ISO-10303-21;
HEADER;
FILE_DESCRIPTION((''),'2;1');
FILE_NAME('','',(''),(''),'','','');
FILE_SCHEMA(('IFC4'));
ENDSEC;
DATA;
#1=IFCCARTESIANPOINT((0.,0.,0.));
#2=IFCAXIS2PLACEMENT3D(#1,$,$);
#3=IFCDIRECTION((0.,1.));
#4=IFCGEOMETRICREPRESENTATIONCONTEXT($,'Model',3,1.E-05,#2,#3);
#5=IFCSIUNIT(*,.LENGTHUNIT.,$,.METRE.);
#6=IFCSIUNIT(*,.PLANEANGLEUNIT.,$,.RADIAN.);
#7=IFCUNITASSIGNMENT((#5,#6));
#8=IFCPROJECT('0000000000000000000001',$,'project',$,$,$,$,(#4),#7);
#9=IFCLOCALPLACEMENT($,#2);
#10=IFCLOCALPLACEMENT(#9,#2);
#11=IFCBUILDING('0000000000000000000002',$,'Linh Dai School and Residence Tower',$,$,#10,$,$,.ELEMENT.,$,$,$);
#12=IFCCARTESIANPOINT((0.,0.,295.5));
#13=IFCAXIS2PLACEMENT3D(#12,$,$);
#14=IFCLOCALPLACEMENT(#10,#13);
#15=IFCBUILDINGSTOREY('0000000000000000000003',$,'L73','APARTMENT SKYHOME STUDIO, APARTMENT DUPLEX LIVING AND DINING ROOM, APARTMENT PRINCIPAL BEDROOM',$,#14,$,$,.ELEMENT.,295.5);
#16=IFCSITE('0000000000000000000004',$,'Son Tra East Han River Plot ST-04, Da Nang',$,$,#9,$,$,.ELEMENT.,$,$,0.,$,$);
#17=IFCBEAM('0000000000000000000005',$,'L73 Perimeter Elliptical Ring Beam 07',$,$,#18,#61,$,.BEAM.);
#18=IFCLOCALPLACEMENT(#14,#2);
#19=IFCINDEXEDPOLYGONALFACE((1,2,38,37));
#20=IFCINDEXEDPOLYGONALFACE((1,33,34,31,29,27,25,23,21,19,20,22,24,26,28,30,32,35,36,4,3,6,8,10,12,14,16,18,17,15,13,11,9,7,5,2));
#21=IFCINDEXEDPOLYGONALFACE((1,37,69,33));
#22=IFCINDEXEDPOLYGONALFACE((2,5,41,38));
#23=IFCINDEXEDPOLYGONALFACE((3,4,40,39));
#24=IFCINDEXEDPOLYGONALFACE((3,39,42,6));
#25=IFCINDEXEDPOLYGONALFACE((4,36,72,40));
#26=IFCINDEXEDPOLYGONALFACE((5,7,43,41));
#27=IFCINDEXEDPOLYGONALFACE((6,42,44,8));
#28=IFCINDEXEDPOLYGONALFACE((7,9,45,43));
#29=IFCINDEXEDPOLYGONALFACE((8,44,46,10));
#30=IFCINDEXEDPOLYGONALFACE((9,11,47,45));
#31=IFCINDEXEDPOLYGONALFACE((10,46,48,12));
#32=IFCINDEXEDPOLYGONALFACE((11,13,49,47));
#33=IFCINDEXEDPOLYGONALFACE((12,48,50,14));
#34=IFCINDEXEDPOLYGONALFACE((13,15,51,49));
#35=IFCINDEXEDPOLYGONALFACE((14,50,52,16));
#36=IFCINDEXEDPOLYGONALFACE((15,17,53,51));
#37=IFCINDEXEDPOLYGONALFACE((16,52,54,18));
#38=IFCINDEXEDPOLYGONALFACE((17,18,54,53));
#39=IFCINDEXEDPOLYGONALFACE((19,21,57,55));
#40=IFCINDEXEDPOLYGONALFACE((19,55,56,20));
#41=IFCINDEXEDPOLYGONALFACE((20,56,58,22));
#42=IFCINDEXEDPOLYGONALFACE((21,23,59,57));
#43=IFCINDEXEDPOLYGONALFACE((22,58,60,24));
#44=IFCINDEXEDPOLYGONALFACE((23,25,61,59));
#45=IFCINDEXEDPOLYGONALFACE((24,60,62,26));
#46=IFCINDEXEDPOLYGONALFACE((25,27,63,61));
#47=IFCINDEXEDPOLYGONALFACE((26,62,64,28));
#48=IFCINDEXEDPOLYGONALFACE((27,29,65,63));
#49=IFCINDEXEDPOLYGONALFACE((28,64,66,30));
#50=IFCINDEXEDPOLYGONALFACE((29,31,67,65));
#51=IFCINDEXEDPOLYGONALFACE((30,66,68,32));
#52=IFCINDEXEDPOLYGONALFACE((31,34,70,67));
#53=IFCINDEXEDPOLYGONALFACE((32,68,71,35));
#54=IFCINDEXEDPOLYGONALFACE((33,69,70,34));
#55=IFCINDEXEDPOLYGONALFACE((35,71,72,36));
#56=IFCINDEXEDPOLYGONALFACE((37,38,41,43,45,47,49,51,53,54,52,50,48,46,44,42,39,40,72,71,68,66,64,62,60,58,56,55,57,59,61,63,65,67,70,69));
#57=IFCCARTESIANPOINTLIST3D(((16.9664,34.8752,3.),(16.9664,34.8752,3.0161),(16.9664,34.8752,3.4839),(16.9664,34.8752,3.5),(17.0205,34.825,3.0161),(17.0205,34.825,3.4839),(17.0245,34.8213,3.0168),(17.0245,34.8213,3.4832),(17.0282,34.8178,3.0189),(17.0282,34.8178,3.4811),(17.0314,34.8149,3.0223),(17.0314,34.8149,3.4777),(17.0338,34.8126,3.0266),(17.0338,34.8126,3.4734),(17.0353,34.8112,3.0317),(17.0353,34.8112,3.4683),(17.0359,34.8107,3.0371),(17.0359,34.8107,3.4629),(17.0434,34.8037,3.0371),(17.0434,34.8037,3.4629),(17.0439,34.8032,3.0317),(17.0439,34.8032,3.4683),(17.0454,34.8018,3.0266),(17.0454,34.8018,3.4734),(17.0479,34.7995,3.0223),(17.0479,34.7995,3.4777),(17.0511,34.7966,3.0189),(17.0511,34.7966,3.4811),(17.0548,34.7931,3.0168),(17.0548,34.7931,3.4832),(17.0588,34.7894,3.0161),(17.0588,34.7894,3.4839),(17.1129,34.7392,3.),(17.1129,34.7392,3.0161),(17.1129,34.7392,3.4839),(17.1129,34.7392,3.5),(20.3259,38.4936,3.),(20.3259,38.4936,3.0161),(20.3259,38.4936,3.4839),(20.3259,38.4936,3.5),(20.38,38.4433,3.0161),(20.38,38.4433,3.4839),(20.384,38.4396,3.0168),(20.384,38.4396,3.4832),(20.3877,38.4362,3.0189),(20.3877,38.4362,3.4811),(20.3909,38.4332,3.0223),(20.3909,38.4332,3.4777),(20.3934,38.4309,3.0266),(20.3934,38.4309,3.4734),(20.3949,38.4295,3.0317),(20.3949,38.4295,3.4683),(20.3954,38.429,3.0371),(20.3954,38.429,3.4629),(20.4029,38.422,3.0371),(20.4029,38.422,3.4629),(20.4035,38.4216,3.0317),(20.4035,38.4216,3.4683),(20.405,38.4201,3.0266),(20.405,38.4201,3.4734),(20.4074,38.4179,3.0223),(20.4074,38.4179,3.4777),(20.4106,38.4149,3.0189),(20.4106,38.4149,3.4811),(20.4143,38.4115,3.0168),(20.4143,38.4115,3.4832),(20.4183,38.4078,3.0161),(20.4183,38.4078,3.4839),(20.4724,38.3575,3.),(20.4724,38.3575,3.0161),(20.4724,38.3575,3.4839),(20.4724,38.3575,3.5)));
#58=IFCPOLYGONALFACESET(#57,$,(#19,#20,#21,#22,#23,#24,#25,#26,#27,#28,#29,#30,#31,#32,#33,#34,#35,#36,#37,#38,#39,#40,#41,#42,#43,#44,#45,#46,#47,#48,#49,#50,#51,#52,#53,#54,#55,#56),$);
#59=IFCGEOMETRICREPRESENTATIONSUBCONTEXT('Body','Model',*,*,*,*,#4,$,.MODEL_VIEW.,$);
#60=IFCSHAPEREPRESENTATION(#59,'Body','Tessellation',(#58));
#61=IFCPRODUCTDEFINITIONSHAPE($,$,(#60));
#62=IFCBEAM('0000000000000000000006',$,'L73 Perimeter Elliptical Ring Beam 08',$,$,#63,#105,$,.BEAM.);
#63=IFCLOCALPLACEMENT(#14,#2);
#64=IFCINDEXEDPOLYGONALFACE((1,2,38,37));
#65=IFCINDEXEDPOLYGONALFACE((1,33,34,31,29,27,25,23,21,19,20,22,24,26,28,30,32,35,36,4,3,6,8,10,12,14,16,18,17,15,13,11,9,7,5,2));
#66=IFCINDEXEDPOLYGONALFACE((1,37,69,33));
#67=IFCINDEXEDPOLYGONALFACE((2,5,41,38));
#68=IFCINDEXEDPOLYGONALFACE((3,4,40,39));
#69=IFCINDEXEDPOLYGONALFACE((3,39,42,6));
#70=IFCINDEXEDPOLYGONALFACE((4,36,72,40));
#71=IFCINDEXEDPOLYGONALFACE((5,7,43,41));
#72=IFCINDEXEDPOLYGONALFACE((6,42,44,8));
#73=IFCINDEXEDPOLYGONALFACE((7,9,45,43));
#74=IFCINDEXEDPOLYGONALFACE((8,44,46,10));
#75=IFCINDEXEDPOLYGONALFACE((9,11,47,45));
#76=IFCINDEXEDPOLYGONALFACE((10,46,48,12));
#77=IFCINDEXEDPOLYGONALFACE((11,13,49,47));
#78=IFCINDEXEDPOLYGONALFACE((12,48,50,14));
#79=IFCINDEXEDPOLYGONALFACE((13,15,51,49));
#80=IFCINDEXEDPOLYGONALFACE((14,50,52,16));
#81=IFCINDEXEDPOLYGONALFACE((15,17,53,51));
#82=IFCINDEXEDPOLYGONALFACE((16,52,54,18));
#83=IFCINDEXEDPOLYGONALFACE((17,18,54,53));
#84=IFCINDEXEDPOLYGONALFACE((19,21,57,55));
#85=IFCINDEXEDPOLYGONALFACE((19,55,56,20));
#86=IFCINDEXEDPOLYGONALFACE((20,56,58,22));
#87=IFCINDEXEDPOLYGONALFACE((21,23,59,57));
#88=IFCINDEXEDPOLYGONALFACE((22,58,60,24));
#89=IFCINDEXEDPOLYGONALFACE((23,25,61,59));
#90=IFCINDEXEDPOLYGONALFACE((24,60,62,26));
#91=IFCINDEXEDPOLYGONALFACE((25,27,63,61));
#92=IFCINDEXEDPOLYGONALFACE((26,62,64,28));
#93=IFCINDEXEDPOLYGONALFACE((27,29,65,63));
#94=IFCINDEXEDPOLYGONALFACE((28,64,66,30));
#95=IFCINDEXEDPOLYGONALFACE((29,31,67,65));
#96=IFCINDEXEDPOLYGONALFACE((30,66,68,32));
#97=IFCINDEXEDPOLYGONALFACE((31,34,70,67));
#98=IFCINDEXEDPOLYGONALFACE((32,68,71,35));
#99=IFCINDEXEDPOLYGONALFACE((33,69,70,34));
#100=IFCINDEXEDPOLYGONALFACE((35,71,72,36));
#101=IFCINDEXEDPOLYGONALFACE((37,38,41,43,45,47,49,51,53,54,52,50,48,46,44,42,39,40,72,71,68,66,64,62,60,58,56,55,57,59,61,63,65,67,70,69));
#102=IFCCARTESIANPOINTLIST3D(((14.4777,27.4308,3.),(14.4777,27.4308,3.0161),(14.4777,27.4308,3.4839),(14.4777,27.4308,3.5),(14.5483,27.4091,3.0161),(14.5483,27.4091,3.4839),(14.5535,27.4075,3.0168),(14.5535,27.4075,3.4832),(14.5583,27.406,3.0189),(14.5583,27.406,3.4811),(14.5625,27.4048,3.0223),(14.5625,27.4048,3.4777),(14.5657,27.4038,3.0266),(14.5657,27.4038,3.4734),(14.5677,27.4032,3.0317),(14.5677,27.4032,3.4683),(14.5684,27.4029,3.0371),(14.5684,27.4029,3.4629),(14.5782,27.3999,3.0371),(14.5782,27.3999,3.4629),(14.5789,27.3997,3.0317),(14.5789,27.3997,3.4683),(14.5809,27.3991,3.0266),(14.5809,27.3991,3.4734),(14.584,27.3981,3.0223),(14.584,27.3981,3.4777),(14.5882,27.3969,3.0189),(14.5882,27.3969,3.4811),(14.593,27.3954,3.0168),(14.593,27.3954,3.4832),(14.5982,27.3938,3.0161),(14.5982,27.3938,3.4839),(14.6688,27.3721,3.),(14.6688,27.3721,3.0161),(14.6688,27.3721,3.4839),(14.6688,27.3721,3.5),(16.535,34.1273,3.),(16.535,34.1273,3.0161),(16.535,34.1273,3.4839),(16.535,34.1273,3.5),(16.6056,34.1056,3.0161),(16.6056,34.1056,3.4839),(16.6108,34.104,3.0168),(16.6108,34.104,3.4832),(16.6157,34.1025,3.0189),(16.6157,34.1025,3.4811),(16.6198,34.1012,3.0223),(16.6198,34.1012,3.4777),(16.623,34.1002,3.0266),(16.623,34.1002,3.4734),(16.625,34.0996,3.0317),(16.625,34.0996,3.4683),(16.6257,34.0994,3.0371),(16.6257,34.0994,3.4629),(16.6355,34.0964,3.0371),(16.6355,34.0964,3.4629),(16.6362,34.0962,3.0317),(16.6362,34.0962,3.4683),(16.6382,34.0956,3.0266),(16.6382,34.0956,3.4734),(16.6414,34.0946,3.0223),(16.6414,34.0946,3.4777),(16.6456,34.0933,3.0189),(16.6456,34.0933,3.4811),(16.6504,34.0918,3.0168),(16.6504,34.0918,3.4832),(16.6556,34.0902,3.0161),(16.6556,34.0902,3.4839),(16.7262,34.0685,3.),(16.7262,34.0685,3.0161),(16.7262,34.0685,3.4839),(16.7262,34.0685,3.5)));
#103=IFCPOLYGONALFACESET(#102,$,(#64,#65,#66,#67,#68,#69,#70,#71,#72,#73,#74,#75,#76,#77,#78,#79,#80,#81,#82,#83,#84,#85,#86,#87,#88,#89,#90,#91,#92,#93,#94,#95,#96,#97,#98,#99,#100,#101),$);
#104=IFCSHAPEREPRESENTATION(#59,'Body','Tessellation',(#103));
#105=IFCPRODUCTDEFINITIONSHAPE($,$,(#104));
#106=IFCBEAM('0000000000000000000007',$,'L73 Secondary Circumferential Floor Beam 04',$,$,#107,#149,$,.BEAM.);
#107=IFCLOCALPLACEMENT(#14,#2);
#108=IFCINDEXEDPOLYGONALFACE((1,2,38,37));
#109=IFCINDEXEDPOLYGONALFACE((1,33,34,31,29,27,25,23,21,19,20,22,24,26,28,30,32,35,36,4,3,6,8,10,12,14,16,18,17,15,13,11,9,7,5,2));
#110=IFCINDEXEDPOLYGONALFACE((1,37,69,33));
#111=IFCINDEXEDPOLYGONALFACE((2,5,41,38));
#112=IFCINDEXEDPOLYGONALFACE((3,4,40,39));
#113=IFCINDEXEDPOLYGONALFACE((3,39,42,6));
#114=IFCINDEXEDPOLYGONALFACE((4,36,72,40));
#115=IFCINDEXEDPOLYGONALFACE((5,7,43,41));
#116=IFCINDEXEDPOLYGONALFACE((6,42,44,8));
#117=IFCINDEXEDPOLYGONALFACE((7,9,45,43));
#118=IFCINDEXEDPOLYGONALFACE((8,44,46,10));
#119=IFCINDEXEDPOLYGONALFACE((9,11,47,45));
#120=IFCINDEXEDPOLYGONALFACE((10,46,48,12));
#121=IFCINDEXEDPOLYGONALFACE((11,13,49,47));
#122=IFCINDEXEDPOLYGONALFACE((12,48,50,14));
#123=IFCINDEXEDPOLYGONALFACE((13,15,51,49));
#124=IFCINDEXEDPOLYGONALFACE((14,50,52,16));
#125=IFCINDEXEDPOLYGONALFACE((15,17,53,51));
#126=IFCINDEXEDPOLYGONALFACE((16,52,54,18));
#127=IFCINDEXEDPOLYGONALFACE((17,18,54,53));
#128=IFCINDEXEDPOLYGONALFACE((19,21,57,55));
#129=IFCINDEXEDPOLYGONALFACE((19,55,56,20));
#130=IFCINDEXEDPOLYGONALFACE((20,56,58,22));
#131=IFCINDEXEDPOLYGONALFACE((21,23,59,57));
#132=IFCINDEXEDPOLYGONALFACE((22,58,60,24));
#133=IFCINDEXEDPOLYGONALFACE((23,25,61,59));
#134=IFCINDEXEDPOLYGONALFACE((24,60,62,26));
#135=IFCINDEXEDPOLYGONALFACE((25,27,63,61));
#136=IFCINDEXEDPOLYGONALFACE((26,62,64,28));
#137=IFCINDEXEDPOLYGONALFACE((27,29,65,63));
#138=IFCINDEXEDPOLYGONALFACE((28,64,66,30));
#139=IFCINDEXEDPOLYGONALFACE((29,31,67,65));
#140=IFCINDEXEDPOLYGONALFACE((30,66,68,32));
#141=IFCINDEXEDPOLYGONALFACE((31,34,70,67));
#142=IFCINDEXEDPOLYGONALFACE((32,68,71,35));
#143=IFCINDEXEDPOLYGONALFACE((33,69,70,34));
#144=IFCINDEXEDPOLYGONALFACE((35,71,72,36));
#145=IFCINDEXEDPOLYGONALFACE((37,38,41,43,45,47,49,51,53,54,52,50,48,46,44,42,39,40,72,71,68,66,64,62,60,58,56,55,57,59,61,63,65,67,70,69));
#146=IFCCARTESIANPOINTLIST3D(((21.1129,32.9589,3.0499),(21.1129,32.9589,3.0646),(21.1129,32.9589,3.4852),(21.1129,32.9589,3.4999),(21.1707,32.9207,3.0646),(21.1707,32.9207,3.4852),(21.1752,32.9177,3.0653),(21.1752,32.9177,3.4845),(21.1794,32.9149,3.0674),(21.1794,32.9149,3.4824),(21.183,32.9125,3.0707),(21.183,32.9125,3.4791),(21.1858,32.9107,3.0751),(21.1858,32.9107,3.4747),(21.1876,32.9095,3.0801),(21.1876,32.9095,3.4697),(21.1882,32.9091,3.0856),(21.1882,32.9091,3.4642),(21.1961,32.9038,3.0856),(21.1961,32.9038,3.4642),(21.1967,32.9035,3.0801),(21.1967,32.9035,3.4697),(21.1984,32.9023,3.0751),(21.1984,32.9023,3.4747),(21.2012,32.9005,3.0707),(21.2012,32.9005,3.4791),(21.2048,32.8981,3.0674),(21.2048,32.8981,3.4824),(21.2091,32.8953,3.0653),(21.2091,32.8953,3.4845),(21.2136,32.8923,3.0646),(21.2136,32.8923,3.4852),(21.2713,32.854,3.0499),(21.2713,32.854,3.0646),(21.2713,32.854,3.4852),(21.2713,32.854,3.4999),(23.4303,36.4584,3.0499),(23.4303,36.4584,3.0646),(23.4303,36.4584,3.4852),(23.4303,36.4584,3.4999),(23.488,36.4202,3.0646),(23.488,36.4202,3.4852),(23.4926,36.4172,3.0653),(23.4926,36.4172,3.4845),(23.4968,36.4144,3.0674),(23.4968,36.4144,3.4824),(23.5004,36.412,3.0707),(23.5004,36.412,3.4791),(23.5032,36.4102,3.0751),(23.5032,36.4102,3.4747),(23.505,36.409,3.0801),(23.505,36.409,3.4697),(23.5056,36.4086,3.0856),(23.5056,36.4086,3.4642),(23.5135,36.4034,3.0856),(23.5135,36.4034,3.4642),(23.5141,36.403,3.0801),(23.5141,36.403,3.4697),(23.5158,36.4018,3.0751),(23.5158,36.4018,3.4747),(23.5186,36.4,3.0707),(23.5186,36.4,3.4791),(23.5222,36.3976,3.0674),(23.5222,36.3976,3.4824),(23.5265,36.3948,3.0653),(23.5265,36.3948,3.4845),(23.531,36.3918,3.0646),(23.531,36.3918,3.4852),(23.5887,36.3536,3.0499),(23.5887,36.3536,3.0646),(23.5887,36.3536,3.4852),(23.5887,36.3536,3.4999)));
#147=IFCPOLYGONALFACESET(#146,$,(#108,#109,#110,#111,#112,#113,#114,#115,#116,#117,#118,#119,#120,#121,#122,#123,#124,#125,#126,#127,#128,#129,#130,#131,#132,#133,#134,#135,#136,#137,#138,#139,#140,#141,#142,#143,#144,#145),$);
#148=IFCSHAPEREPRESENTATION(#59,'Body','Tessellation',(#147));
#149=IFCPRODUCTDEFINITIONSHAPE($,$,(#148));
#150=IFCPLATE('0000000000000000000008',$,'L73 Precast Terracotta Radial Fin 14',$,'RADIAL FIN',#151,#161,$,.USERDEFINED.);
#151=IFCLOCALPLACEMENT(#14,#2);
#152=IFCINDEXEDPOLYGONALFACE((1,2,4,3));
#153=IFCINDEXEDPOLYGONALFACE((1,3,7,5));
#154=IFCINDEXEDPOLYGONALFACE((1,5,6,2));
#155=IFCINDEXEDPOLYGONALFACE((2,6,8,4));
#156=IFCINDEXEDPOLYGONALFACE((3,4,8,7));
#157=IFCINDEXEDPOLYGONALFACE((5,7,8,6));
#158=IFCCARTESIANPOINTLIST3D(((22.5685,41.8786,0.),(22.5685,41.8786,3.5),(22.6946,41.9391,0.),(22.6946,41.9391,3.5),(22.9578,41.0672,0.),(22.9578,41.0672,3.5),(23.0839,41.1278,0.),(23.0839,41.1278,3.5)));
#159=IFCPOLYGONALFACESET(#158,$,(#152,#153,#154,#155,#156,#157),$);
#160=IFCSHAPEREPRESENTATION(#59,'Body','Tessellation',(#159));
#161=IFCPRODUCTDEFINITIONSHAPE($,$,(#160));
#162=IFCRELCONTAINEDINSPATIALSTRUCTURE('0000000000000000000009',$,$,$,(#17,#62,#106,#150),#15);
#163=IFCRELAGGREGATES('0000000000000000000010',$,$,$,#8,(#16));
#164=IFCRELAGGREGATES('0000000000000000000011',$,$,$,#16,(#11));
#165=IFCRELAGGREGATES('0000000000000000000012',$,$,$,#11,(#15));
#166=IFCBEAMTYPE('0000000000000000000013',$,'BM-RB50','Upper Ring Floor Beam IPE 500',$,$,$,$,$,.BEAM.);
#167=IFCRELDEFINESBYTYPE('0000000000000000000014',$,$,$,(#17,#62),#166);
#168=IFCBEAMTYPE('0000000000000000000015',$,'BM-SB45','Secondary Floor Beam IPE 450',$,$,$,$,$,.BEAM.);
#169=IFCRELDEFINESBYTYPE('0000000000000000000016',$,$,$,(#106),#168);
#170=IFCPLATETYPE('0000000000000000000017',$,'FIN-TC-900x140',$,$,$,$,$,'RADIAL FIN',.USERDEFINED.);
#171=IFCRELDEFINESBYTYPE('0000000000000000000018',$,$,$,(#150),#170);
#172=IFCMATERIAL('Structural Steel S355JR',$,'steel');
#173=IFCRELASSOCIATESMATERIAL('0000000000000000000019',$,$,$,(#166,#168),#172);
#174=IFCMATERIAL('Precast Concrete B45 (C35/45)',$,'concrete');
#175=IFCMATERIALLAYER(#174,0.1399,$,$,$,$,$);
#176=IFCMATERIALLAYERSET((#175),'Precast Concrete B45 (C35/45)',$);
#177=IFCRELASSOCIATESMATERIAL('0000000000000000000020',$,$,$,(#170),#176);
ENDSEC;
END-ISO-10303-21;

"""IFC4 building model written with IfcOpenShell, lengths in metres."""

from ifc_helpers import new_model, si_unit, direction, frame, origin, origin_2d, place, context, subcontext, project, spatial, rectangle, i_section, extrude, source, transform, mapped, material, layer, layer_set, material_profile, profile_set, type_object, element, save


model = new_model("IFC4")

# Units and contexts
model_context = context("Model", 3, precision=1e-05, world=origin(), true_north=direction((0.0, 1.0)))
body_context = subcontext(model_context, "Body", "Model", "MODEL_VIEW")
ifc_project = project(units=[si_unit("LENGTHUNIT", "METRE"), si_unit("PLANEANGLEUNIT", "RADIAN")], contexts=[model_context])

# Site, building, storey
site_placement = place(None, origin())
site = spatial("IfcSite", under=ifc_project, at=site_placement, Name="Son Tra East Han River Plot ST-04, Da Nang", CompositionType="ELEMENT", RefElevation=0.0)
building_placement = place(site_placement, origin())
building = spatial("IfcBuilding", under=site, at=building_placement, Name="Linh Dai School and Residence Tower", CompositionType="ELEMENT")
storey_placement = place(building_placement, frame((0.0, 0.0, 295.5)))
storey = spatial("IfcBuildingStorey", under=building, at=storey_placement, Name="L73", Description="APARTMENT SKYHOME STUDIO, APARTMENT DUPLEX LIVING AND DINING ROOM, APARTMENT PRINCIPAL BEDROOM", CompositionType="ELEMENT", Elevation=295.5)

# Shared definitions
ifc_material_1 = material(Name="Structural Steel S355JR", Category="steel")

# Beams
ifc_material_profile_1 = material_profile(ifc_material_1, i_section(OverallWidth=0.2, OverallDepth=0.5, WebThickness=0.0103, FlangeThickness=0.0161, FilletRadius=0.021, at=origin_2d()), Name="IPE 500")
ifc_profile_set_1 = profile_set([ifc_material_profile_1], Name="Structural Steel S355JR")
beam_type_1 = type_object("IfcBeamType", Name="BM-RB50", Description="Upper Ring Floor Beam IPE 500", PredefinedType="BEAM", material=ifc_profile_set_1)
beam_1_placement = place(storey_placement, frame((20.3992, 38.4255, 3.25), z_axis=(-0.680415, -0.732827, 0.0), x_axis=(0.732827, -0.680415, 0.0)))
element("IfcBeam", 1, at=beam_1_placement, inside=storey, type_object=beam_type_1, Name="L73 Perimeter Elliptical Ring Beam 07", PredefinedType="BEAM", context=body_context, shape_type="SweptSolid", body=[
    extrude(i_section(OverallWidth=0.2, OverallDepth=0.5, WebThickness=0.0103, FlangeThickness=0.0161, FilletRadius=0.021, at=origin_2d()), origin(), (0.0, 0.0, 1.0), 4.9375),
])
beam_2_placement = place(storey_placement, frame((16.6306, 34.0979, 3.25), z_axis=(-0.293682, -0.955903, 0.0), x_axis=(0.955903, -0.293682, 0.0)))
element("IfcBeam", 2, at=beam_2_placement, inside=storey, type_object=beam_type_1, Name="L73 Perimeter Elliptical Ring Beam 08", PredefinedType="BEAM", context=body_context, shape_type="SweptSolid", body=[
    extrude(i_section(OverallWidth=0.2, OverallDepth=0.5, WebThickness=0.0103, FlangeThickness=0.0161, FilletRadius=0.021, at=origin_2d()), origin(), (0.0, 0.0, 1.0), 7.0054),
])
ifc_material_profile_2 = material_profile(ifc_material_1, i_section(OverallWidth=0.1899, OverallDepth=0.45, WebThickness=0.0095, FlangeThickness=0.0146, FilletRadius=0.021, at=origin_2d()), Name="IPE 450")
ifc_profile_set_2 = profile_set([ifc_material_profile_2], Name="Structural Steel S355JR")
beam_type_2 = type_object("IfcBeamType", Name="BM-SB45", Description="Secondary Floor Beam IPE 450", PredefinedType="BEAM", material=ifc_profile_set_2)
beam_3_placement = place(storey_placement, frame((23.5095, 36.406, 3.2749), z_axis=(-0.55212, -0.833764, 0.0), x_axis=(0.833764, -0.55212, 0.0)))
element("IfcBeam", 3, at=beam_3_placement, inside=storey, type_object=beam_type_2, Name="L73 Secondary Circumferential Floor Beam 04", PredefinedType="BEAM", context=body_context, shape_type="SweptSolid", body=[
    extrude(i_section(OverallWidth=0.1899, OverallDepth=0.45, WebThickness=0.0095, FlangeThickness=0.0146, FilletRadius=0.021, at=origin_2d()), origin(), (0.0, 0.0, 1.0), 4.1973),
])

# Plate
ifc_material_2 = material(Name="Precast Concrete B45 (C35/45)", Category="concrete")
ifc_layer_1 = layer(ifc_material_2, 0.1399)
ifc_layer_set_1 = layer_set([ifc_layer_1], Name="Precast Concrete B45 (C35/45)")
plate_type = type_object("IfcPlateType", Name="FIN-TC-900x140", ElementType="RADIAL FIN", PredefinedType="USERDEFINED", material=ifc_layer_set_1)
shared_shape_1 = source(origin(), body_context, "Body", "SweptSolid", [
    extrude(rectangle(XDim=0.8999, YDim=0.1399, at=origin_2d()), origin(), (0.0, 0.0, 1.0), 3.5),
])
plate_placement = place(storey_placement, frame((22.8262, 41.5032, 0.0), z_axis=(0.0, 0.0, 1.0), x_axis=(-0.432612, 0.90158, 0.0)))
element("IfcPlate", 4, at=plate_placement, inside=storey, type_object=plate_type, Name="L73 Precast Terracotta Radial Fin 14", ObjectType="RADIAL FIN", PredefinedType="USERDEFINED", context=body_context, shape_type="MappedRepresentation", body=[
    mapped(shared_shape_1, transform((0.0, 0.0, 0.0), x_axis=(1.0, 0.0, 0.0), y_axis=(0.0, 1.0, 0.0), z_axis=(0.0, 0.0, 1.0), scale=1.0)),
])

save(model, "model.ifc")
